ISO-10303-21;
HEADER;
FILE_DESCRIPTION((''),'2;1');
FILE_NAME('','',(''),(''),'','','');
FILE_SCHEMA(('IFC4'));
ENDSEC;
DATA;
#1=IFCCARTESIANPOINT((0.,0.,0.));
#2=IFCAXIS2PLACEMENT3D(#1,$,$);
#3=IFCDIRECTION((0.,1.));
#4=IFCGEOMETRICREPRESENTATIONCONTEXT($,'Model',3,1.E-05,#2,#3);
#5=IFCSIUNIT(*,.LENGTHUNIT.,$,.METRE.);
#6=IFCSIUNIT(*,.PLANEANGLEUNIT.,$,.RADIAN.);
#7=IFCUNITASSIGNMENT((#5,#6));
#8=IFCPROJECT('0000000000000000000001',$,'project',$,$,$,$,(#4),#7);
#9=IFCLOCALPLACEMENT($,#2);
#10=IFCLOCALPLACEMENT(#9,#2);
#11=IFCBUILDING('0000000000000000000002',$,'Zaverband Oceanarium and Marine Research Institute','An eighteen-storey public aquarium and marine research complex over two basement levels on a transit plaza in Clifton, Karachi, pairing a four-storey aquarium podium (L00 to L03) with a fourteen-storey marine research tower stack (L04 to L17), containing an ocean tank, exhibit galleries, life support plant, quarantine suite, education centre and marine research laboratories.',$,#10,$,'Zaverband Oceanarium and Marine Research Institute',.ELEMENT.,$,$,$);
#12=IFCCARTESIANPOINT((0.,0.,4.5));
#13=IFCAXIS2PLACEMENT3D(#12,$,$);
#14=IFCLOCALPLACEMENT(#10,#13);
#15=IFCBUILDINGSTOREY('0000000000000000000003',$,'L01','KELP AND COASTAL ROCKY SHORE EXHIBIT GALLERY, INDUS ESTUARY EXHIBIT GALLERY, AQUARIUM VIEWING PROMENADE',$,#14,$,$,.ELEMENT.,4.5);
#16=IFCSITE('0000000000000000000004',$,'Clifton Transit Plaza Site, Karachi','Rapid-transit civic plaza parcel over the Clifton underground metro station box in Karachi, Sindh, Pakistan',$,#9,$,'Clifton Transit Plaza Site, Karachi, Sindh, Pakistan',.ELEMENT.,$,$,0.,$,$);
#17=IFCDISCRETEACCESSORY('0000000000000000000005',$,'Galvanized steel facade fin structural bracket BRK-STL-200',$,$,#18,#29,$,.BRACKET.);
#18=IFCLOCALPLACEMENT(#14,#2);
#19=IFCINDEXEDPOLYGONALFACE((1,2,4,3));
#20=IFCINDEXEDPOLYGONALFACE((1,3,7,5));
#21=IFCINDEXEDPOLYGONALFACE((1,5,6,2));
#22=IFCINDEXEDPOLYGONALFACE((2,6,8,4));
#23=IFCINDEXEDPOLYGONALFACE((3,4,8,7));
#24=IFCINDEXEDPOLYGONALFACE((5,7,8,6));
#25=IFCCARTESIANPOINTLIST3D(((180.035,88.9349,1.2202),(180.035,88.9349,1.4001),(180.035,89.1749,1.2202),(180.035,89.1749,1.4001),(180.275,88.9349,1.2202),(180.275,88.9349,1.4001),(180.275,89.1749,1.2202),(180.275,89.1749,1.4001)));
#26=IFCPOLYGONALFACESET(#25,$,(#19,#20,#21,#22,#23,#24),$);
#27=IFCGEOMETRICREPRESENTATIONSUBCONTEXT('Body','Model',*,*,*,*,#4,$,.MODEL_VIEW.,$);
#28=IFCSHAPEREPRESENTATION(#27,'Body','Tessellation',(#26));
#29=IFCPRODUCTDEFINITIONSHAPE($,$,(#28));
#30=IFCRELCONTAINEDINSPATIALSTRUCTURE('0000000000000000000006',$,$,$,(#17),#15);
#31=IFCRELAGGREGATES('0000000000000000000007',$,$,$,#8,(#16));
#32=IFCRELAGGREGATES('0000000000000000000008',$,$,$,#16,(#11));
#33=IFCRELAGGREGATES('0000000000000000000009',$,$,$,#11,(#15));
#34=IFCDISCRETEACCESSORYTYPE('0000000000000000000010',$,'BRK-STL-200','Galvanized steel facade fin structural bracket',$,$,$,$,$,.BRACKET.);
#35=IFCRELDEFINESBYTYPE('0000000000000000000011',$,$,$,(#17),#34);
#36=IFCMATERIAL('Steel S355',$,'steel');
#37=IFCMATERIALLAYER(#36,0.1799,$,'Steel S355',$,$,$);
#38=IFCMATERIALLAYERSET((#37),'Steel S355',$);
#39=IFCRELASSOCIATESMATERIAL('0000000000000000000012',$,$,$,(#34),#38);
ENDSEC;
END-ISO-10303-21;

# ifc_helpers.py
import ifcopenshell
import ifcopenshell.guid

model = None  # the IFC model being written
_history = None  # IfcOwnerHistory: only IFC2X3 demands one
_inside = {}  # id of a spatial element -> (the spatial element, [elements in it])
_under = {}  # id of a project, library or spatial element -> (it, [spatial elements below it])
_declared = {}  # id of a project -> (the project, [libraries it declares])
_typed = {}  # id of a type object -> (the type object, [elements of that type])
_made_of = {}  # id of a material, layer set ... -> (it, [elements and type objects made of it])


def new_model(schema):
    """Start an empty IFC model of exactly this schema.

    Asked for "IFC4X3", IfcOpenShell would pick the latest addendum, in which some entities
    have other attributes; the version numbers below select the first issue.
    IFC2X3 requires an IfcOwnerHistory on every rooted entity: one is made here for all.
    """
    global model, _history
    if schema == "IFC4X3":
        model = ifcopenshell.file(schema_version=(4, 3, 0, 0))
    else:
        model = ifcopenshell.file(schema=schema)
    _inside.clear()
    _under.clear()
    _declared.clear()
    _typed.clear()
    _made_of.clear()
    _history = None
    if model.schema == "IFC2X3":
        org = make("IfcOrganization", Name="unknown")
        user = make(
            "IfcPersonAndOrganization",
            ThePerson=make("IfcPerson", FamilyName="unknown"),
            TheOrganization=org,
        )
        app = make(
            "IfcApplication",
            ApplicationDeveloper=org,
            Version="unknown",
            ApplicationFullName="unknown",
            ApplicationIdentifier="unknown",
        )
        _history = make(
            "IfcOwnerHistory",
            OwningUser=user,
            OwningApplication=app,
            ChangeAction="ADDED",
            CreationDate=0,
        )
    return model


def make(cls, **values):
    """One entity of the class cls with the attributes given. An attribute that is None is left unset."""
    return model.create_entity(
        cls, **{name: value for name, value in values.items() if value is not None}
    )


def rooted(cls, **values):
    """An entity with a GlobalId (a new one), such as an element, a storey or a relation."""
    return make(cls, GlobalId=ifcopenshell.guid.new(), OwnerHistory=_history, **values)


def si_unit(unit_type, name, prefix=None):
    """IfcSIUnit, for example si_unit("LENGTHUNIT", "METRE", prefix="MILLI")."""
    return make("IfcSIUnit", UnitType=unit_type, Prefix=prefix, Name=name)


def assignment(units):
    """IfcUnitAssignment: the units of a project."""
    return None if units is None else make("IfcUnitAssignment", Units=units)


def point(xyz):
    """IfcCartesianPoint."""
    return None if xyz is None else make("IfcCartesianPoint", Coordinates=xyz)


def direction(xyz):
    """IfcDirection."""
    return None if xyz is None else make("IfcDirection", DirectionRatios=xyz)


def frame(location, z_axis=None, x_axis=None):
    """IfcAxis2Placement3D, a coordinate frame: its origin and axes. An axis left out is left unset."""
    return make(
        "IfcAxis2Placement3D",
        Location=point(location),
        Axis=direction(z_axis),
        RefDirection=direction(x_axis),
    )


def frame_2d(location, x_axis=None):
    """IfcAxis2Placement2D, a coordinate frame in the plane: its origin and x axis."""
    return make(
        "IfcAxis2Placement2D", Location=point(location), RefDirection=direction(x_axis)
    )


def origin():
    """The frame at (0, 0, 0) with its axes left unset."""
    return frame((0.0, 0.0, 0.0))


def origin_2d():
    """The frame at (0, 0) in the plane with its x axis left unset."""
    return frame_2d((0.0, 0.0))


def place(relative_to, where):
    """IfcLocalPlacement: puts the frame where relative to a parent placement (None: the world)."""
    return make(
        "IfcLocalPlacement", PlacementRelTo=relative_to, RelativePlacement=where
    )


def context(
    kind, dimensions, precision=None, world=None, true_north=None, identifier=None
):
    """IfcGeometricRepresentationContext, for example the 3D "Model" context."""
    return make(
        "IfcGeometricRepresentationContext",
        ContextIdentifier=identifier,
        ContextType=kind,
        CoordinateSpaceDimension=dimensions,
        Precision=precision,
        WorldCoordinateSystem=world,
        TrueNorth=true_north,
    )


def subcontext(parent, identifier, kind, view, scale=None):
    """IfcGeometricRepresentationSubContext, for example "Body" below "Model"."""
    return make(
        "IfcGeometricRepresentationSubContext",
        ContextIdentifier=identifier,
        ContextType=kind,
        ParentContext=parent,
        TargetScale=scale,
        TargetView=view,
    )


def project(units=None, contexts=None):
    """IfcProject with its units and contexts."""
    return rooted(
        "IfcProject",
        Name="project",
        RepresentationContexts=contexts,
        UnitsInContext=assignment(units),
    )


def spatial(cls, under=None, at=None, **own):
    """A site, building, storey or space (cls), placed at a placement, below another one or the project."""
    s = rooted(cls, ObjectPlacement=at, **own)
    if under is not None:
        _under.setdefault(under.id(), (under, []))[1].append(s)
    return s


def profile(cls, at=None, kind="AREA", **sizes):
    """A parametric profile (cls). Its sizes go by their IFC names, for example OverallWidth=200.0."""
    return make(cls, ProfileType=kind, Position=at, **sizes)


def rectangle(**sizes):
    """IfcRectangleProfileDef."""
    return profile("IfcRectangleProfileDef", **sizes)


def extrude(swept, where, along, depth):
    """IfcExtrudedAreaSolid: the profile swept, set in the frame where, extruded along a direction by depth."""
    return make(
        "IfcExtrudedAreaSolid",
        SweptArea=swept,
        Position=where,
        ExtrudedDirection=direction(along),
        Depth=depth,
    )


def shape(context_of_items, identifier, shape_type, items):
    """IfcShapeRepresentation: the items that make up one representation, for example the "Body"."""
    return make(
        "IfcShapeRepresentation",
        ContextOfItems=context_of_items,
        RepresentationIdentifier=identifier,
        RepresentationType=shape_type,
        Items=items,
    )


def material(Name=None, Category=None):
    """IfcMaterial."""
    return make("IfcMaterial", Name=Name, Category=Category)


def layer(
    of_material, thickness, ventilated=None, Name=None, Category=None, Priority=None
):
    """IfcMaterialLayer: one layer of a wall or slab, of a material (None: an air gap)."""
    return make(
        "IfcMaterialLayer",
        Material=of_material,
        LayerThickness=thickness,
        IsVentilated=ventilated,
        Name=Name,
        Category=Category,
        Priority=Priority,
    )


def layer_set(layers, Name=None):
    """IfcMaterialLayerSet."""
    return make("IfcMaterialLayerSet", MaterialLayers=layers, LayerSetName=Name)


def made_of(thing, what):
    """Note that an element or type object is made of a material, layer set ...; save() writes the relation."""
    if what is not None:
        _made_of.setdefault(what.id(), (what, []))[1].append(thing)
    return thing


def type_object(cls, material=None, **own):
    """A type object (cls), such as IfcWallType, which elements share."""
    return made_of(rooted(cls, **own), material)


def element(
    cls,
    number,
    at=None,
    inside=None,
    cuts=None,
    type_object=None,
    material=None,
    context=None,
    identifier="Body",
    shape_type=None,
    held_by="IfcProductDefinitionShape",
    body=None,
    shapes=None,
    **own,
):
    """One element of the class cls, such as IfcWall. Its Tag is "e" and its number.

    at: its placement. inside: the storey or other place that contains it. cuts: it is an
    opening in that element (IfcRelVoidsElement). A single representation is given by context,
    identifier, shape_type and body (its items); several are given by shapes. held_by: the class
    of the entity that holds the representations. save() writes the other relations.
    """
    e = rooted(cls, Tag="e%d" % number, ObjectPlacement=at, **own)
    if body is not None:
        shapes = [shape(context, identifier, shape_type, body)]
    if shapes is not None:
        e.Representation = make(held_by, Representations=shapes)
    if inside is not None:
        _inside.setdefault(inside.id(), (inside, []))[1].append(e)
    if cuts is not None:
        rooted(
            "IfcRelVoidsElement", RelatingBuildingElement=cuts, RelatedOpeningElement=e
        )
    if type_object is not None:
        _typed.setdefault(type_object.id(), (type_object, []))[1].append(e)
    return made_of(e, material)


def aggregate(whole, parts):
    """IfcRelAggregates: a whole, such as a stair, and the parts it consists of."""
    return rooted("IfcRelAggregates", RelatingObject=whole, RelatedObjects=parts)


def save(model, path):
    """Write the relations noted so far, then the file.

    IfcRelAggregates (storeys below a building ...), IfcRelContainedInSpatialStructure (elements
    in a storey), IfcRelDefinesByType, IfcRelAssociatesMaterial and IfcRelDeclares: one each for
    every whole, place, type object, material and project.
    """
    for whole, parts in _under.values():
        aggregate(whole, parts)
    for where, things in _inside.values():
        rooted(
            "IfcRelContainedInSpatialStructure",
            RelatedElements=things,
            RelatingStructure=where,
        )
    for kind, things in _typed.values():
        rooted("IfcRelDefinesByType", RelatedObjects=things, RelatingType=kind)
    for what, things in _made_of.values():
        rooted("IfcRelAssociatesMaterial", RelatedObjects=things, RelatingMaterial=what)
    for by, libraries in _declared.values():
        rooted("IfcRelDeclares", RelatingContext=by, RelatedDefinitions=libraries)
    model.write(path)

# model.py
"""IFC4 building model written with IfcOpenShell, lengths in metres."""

from ifc_helpers import new_model, si_unit, direction, frame, origin, origin_2d, place, context, subcontext, project, spatial, rectangle, extrude, material, layer, layer_set, type_object, element, save


model = new_model("IFC4")

# Units and contexts
model_context = context("Model", 3, precision=1e-05, world=origin(), true_north=direction((0.0, 1.0)))
body_context = subcontext(model_context, "Body", "Model", "MODEL_VIEW")
ifc_project = project(units=[si_unit("LENGTHUNIT", "METRE"), si_unit("PLANEANGLEUNIT", "RADIAN")], contexts=[model_context])

# Site, building, storey
site_placement = place(None, origin())
site = spatial("IfcSite", under=ifc_project, at=site_placement, Name="Clifton Transit Plaza Site, Karachi", Description="Rapid-transit civic plaza parcel over the Clifton underground metro station box in Karachi, Sindh, Pakistan", LongName="Clifton Transit Plaza Site, Karachi, Sindh, Pakistan", CompositionType="ELEMENT", RefElevation=0.0)
building_placement = place(site_placement, origin())
building = spatial("IfcBuilding", under=site, at=building_placement, Name="Zaverband Oceanarium and Marine Research Institute", Description="An eighteen-storey public aquarium and marine research complex over two basement levels on a transit plaza in Clifton, Karachi, pairing a four-storey aquarium podium (L00 to L03) with a fourteen-storey marine research tower stack (L04 to L17), containing an ocean tank, exhibit galleries, life support plant, quarantine suite, education centre and marine research laboratories.", LongName="Zaverband Oceanarium and Marine Research Institute", CompositionType="ELEMENT")
storey_placement = place(building_placement, frame((0.0, 0.0, 4.5)))
storey = spatial("IfcBuildingStorey", under=building, at=storey_placement, Name="L01", Description="KELP AND COASTAL ROCKY SHORE EXHIBIT GALLERY, INDUS ESTUARY EXHIBIT GALLERY, AQUARIUM VIEWING PROMENADE", CompositionType="ELEMENT", Elevation=4.5)

# Discrete accessory
ifc_material_1 = material(Name="Steel S355", Category="steel")
ifc_layer_1 = layer(ifc_material_1, 0.1799, Name="Steel S355")
ifc_layer_set_1 = layer_set([ifc_layer_1], Name="Steel S355")
discrete_accessory_type = type_object("IfcDiscreteAccessoryType", Name="BRK-STL-200", Description="Galvanized steel facade fin structural bracket", PredefinedType="BRACKET", material=ifc_layer_set_1)
discrete_accessory_placement = place(storey_placement, frame((180.155, 89.0549, 1.2202), z_axis=(0.0, 0.0, 1.0), x_axis=(1.0, 0.0, 0.0)))
element("IfcDiscreteAccessory", 1, at=discrete_accessory_placement, inside=storey, type_object=discrete_accessory_type, Name="Galvanized steel facade fin structural bracket BRK-STL-200", PredefinedType="BRACKET", context=body_context, shape_type="SweptSolid", body=[
    extrude(rectangle(XDim=0.24, YDim=0.24, at=origin_2d()), origin(), (0.0, 0.0, 1.0), 0.1799),
])

save(model, "model.ifc")
